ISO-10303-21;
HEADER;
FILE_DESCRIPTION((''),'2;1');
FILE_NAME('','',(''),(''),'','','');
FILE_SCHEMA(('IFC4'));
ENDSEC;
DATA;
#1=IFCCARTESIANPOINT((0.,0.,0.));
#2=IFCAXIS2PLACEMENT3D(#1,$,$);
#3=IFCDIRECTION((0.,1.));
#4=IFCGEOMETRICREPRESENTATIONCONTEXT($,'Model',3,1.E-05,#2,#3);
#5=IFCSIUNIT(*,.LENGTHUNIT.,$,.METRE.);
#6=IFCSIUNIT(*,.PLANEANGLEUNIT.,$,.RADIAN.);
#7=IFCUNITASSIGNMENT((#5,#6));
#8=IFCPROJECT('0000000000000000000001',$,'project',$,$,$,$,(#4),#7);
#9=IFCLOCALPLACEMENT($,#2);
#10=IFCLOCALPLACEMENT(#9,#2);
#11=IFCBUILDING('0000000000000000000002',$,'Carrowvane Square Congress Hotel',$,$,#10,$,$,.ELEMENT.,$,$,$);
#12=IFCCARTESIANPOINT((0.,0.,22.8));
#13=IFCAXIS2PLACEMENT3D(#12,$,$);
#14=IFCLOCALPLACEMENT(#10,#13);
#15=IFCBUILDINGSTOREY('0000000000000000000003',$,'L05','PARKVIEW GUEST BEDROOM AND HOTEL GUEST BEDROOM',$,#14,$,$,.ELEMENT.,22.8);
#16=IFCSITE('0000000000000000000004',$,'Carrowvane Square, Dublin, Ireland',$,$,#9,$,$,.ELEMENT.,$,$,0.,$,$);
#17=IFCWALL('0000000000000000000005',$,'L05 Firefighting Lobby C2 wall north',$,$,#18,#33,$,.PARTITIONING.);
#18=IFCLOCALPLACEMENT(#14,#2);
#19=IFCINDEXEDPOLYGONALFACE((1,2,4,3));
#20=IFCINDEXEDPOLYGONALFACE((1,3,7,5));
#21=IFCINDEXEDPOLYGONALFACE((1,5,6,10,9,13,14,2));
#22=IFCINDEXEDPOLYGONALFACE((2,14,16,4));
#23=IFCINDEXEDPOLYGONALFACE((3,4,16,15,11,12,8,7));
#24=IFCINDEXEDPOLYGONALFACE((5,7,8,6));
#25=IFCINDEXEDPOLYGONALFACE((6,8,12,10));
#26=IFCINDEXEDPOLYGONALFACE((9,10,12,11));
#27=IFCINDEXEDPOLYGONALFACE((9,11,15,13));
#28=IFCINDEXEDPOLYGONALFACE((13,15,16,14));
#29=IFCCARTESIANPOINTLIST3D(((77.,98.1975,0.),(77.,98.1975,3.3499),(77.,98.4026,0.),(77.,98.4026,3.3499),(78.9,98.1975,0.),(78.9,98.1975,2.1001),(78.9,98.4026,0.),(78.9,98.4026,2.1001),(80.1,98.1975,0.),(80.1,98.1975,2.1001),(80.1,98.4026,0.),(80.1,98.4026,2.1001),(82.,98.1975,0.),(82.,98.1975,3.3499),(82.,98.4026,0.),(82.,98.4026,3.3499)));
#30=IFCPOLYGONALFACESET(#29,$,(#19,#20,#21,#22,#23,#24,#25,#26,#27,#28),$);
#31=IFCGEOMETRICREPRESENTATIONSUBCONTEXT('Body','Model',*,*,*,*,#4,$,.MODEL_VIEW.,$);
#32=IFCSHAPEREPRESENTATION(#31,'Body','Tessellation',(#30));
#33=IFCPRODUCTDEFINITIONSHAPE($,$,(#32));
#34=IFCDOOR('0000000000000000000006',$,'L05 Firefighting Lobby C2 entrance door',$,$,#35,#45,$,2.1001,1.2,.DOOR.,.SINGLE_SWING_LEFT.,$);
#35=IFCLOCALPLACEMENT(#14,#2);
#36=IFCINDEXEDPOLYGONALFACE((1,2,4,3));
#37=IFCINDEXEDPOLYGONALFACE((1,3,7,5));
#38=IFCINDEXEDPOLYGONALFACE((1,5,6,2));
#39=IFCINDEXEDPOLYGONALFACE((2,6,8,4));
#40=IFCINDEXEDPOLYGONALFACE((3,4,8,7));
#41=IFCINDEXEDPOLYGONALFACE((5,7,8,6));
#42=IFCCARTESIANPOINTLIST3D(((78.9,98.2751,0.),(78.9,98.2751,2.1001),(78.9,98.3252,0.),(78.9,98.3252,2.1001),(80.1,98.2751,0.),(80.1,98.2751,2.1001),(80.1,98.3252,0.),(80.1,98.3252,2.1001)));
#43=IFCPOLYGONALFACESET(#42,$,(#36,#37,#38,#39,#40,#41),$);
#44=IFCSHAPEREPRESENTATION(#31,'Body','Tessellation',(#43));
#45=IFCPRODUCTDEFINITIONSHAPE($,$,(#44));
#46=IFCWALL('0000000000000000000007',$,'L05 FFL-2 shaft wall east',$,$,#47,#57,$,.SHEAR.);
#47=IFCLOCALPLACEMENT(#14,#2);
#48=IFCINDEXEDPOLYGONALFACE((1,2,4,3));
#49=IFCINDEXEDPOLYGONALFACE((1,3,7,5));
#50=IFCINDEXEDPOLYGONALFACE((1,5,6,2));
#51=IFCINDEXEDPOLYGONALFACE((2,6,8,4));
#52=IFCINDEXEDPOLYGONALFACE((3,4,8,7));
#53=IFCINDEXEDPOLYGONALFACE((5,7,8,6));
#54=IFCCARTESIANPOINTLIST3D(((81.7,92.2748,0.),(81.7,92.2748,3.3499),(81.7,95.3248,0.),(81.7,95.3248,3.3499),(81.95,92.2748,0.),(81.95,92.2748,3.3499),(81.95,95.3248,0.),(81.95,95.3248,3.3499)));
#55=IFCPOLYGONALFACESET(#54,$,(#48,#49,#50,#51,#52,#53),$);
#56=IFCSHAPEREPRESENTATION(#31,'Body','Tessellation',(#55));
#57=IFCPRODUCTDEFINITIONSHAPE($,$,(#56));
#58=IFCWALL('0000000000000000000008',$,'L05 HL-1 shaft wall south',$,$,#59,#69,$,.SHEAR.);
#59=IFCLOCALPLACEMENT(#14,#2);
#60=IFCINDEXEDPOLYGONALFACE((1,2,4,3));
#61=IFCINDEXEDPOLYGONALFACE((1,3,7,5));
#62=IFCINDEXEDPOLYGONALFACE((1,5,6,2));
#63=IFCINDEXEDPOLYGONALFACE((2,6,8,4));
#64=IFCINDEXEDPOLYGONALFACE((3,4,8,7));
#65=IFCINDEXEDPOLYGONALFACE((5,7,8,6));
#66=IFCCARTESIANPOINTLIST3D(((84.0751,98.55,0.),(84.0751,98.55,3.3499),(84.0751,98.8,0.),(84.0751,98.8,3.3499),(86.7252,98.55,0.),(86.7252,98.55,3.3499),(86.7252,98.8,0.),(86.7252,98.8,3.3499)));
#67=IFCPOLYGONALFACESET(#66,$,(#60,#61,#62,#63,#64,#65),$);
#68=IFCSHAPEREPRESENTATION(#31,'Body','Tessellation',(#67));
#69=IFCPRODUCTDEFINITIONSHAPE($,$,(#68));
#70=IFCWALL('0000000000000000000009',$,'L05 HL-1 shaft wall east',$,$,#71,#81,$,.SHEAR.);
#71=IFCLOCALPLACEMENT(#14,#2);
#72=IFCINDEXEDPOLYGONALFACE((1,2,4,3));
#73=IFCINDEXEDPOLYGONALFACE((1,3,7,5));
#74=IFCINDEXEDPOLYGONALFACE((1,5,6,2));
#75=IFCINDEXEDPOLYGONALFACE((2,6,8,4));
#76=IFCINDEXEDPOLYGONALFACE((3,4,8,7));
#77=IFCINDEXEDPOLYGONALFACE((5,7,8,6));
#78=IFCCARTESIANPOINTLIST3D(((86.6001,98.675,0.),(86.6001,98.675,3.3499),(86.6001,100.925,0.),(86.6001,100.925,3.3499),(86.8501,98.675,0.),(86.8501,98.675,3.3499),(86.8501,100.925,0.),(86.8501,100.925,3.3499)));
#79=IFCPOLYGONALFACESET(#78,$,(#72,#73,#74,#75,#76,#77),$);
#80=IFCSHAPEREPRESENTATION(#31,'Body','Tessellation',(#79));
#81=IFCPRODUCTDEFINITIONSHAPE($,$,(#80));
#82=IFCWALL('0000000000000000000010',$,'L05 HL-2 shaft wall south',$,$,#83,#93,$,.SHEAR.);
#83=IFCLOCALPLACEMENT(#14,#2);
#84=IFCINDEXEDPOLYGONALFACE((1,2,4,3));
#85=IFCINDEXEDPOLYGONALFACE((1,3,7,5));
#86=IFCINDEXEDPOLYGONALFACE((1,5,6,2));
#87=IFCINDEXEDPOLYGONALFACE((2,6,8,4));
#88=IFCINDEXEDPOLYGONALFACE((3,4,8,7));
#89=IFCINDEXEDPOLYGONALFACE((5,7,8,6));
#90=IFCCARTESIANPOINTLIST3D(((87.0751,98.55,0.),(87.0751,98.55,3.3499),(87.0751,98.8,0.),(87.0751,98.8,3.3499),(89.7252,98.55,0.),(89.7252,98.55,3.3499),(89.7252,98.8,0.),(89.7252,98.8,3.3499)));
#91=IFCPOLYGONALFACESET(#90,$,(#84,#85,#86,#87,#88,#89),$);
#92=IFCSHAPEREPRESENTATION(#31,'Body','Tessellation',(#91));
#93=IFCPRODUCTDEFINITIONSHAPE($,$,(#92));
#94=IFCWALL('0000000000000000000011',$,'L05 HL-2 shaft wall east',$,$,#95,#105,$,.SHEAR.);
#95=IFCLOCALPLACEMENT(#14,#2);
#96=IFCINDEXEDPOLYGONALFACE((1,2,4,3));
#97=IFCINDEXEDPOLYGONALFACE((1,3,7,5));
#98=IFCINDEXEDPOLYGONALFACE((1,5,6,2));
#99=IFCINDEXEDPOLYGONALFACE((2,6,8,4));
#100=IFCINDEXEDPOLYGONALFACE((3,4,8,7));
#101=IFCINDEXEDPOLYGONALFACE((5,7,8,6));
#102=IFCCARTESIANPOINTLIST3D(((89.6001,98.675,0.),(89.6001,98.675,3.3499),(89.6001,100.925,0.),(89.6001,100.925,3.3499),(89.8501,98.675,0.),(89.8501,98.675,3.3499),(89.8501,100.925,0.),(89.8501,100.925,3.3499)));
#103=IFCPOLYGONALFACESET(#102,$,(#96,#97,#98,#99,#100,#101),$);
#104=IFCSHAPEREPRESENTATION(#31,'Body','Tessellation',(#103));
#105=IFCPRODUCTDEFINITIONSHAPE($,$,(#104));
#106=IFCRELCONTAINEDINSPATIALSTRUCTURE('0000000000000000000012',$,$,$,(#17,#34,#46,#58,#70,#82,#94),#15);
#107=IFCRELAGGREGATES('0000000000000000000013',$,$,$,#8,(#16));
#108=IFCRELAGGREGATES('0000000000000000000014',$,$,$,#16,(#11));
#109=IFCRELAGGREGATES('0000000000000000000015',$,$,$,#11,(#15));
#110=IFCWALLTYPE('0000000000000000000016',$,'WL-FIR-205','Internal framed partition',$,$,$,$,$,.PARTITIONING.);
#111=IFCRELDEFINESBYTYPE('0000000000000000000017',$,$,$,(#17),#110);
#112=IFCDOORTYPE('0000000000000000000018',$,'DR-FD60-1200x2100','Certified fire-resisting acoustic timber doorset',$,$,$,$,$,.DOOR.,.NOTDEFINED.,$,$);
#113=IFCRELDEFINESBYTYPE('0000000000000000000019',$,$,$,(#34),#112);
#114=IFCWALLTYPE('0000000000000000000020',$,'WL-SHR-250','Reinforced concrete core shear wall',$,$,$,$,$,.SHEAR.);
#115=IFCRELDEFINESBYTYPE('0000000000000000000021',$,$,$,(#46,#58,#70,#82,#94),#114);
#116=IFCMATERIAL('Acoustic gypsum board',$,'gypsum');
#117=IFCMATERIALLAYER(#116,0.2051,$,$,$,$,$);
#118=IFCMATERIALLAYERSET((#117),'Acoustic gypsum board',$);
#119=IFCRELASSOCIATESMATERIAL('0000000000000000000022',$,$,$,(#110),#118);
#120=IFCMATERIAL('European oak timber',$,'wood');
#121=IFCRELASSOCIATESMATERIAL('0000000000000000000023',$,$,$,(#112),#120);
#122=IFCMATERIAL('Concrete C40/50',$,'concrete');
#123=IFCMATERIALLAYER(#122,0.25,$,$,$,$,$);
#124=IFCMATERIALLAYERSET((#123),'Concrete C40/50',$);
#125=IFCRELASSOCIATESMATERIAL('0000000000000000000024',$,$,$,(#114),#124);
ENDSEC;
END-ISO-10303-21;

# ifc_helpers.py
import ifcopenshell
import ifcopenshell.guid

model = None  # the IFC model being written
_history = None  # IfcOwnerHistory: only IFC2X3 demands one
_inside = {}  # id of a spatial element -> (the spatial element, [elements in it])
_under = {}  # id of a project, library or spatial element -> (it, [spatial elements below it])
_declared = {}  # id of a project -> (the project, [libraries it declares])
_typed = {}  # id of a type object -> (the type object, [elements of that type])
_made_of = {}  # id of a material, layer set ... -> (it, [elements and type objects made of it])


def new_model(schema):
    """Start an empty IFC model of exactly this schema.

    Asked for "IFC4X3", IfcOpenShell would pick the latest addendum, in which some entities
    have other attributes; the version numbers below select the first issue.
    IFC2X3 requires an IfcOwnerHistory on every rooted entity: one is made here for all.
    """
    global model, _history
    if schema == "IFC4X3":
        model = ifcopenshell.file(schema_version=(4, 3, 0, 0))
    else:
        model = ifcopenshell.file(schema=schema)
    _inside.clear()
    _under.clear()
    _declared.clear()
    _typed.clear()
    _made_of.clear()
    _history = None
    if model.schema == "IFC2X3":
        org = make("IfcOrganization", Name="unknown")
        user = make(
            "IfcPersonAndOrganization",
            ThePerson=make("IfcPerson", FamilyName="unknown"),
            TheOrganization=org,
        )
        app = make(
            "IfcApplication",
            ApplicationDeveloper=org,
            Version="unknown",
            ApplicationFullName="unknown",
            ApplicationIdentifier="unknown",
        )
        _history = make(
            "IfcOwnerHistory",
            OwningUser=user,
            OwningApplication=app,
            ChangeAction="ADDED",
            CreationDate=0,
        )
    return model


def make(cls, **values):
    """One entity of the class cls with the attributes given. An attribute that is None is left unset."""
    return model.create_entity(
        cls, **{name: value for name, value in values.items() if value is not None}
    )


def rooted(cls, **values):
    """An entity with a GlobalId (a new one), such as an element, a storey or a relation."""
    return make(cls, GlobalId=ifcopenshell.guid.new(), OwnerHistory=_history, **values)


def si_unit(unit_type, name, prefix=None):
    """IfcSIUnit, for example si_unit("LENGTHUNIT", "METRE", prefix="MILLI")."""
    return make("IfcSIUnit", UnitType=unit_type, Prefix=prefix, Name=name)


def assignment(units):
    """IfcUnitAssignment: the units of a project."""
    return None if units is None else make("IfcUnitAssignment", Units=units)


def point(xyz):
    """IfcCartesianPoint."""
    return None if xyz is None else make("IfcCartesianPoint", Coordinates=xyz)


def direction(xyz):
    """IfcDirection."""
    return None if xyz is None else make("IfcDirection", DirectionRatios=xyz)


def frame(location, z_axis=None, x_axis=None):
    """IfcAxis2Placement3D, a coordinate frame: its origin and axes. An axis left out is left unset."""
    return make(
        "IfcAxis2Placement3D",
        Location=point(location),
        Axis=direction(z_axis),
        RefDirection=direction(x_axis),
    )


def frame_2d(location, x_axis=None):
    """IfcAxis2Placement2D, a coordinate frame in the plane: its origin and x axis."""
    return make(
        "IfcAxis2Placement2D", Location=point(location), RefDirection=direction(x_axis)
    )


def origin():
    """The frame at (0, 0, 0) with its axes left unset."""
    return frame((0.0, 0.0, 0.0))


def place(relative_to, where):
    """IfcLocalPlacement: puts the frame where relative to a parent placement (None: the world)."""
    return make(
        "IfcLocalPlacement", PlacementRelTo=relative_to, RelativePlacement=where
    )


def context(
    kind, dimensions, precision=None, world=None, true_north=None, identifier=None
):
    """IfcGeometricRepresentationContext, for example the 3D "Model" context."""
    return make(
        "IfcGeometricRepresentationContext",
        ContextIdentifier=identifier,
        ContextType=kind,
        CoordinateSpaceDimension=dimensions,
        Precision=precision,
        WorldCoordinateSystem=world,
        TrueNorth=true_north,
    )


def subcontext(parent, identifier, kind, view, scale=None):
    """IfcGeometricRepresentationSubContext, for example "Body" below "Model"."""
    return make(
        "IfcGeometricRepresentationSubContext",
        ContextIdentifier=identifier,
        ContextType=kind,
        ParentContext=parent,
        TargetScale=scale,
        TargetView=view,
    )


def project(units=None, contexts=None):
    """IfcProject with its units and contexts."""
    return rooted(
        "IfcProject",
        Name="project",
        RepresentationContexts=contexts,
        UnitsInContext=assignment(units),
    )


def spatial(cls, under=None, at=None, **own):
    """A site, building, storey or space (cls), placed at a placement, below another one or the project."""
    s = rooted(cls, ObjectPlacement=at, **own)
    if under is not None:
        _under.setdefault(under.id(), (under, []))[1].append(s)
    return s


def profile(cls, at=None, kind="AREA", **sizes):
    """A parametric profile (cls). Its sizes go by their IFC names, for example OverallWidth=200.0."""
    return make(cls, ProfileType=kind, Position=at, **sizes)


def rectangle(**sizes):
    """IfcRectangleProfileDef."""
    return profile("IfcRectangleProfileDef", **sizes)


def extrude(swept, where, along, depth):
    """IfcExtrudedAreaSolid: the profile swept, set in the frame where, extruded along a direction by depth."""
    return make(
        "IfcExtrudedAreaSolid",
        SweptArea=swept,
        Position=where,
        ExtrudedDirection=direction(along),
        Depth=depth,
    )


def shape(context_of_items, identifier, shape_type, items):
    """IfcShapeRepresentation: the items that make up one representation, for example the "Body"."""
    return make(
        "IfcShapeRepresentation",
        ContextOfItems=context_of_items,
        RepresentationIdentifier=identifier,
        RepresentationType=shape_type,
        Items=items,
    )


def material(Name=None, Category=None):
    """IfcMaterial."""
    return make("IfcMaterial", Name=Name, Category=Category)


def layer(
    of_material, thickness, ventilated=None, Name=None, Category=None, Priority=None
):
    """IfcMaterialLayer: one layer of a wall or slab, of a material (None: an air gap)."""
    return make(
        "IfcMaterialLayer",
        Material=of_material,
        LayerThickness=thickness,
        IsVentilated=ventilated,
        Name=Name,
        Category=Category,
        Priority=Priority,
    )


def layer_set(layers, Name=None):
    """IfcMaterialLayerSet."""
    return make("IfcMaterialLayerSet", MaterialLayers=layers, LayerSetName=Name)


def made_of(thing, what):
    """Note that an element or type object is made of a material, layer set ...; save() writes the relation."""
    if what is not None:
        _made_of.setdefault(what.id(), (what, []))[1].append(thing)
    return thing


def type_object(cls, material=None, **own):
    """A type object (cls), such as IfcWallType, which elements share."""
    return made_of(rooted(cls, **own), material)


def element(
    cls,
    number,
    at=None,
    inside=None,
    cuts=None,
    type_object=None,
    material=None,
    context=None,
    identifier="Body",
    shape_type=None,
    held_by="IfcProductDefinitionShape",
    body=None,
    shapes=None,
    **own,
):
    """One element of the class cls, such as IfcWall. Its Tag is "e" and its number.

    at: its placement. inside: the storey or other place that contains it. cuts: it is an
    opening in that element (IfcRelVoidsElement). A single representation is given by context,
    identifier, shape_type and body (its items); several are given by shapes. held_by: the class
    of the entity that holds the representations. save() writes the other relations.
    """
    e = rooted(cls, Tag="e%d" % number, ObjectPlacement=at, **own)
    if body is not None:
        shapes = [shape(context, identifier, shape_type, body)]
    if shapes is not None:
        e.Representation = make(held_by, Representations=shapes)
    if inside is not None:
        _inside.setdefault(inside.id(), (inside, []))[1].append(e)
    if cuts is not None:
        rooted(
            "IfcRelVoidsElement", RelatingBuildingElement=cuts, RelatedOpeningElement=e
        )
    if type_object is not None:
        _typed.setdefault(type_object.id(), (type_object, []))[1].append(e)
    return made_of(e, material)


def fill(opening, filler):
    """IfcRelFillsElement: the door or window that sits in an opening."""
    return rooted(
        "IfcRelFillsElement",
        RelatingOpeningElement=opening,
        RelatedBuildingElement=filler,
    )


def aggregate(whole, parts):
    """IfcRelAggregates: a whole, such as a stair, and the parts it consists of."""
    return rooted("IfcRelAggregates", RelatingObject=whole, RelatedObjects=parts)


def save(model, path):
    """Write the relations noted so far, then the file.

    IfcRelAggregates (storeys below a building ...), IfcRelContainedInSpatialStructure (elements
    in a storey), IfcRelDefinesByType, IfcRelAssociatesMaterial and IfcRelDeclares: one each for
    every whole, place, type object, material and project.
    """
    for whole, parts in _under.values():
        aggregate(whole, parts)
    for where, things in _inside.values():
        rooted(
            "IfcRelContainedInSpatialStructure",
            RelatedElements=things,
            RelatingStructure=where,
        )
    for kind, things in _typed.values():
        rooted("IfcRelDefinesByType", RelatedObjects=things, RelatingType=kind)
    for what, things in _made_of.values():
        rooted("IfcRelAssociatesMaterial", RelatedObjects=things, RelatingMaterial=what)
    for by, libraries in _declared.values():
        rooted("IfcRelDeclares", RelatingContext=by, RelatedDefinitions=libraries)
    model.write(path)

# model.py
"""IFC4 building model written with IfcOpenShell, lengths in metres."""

from ifc_helpers import new_model, si_unit, direction, frame, frame_2d, origin, place, context, subcontext, project, spatial, rectangle, extrude, material, layer, layer_set, type_object, element, fill, save


model = new_model("IFC4")

# Units and contexts
model_context = context("Model", 3, precision=1e-05, world=origin(), true_north=direction((0.0, 1.0)))
body_context = subcontext(model_context, "Body", "Model", "MODEL_VIEW")
ifc_project = project(units=[si_unit("LENGTHUNIT", "METRE"), si_unit("PLANEANGLEUNIT", "RADIAN")], contexts=[model_context])

# Site, building, storey
site_placement = place(None, origin())
site = spatial("IfcSite", under=ifc_project, at=site_placement, Name="Carrowvane Square, Dublin, Ireland", CompositionType="ELEMENT", RefElevation=0.0)
building_placement = place(site_placement, origin())
building = spatial("IfcBuilding", under=site, at=building_placement, Name="Carrowvane Square Congress Hotel", CompositionType="ELEMENT")
storey_placement = place(building_placement, frame((0.0, 0.0, 22.8)))
storey = spatial("IfcBuildingStorey", under=building, at=storey_placement, Name="L05", Description="PARKVIEW GUEST BEDROOM AND HOTEL GUEST BEDROOM", CompositionType="ELEMENT", Elevation=22.8)

# Shared definitions
ifc_material_1 = material(Name="Acoustic gypsum board", Category="gypsum")
ifc_layer_1 = layer(ifc_material_1, 0.2051)
ifc_layer_set_1 = layer_set([ifc_layer_1], Name="Acoustic gypsum board")
wall_type_1 = type_object("IfcWallType", Name="WL-FIR-205", Description="Internal framed partition", PredefinedType="PARTITIONING", material=ifc_layer_set_1)

# Wall, opening, door
wall_1_placement = place(storey_placement, frame((82.0, 98.3, 0.0), z_axis=(0.0, 0.0, 1.0), x_axis=(-1.0, 0.0, 0.0)))
wall_1 = element("IfcWall", 1, at=wall_1_placement, inside=storey, type_object=wall_type_1, Name="L05 Firefighting Lobby C2 wall north", PredefinedType="PARTITIONING", context=body_context, shape_type="SweptSolid", body=[
    extrude(rectangle(XDim=5.0, YDim=0.2051, at=frame_2d((2.5, 0.0))), origin(), (0.0, 0.0, 1.0), 3.3499),
])
opening_1_placement = place(wall_1_placement, frame((1.8999, 0.0, 0.0)))
opening_1 = element("IfcOpeningElement", 2, at=opening_1_placement, cuts=wall_1, PredefinedType="OPENING", context=body_context, shape_type="SweptSolid", body=[
    extrude(rectangle(XDim=1.2, YDim=2.1001, at=frame_2d((0.6001, 1.05))), frame((0.0, 0.1125, 0.0), z_axis=(0.0, -1.0, 0.0), x_axis=(1.0, 0.0, 0.0)), (0.0, 0.0, 1.0), 0.2251),
])
ifc_material_2 = material(Name="European oak timber", Category="wood")
door_type_1 = type_object("IfcDoorType", Name="DR-FD60-1200x2100", Description="Certified fire-resisting acoustic timber doorset", OperationType="NOTDEFINED", PredefinedType="DOOR", material=ifc_material_2)
door_1_placement = place(opening_1_placement, origin())
door_1 = element("IfcDoor", 3, at=door_1_placement, inside=storey, type_object=door_type_1, Name="L05 Firefighting Lobby C2 entrance door", OperationType="SINGLE_SWING_LEFT", OverallHeight=2.1001, OverallWidth=1.2, PredefinedType="DOOR", context=body_context, shape_type="SweptSolid", body=[
    extrude(rectangle(XDim=1.2, YDim=2.1001, at=frame_2d((0.6001, 1.05))), frame((0.0, 0.0249, 0.0), z_axis=(0.0, -1.0, 0.0), x_axis=(1.0, 0.0, 0.0)), (0.0, 0.0, 1.0), 0.05),
])
fill(opening_1, door_1)

# Wall
ifc_material_3 = material(Name="Concrete C40/50", Category="concrete")
ifc_layer_2 = layer(ifc_material_3, 0.25)
ifc_layer_set_2 = layer_set([ifc_layer_2], Name="Concrete C40/50")
wall_type_2 = type_object("IfcWallType", Name="WL-SHR-250", Description="Reinforced concrete core shear wall", PredefinedType="SHEAR", material=ifc_layer_set_2)
wall_2_placement = place(storey_placement, frame((81.825, 92.2749, 0.0), z_axis=(0.0, 0.0, 1.0), x_axis=(0.0, 1.0, 0.0)))
element("IfcWall", 4, at=wall_2_placement, inside=storey, type_object=wall_type_2, Name="L05 FFL-2 shaft wall east", PredefinedType="SHEAR", context=body_context, shape_type="SweptSolid", body=[
    extrude(rectangle(XDim=3.05, YDim=0.25, at=frame_2d((1.5249, 0.0))), origin(), (0.0, 0.0, 1.0), 3.3499),
])

# Walls
wall_3_placement = place(storey_placement, frame((84.075, 98.675, 0.0), z_axis=(0.0, 0.0, 1.0), x_axis=(1.0, 0.0, 0.0)))
element("IfcWall", 5, at=wall_3_placement, inside=storey, type_object=wall_type_2, Name="L05 HL-1 shaft wall south", PredefinedType="SHEAR", context=body_context, shape_type="SweptSolid", body=[
    extrude(rectangle(XDim=2.6501, YDim=0.25, at=frame_2d((1.3252, 0.0))), origin(), (0.0, 0.0, 1.0), 3.3499),
])
wall_4_placement = place(storey_placement, frame((86.7251, 98.675, 0.0), z_axis=(0.0, 0.0, 1.0), x_axis=(0.0, 1.0, 0.0)))
element("IfcWall", 6, at=wall_4_placement, inside=storey, type_object=wall_type_2, Name="L05 HL-1 shaft wall east", PredefinedType="SHEAR", context=body_context, shape_type="SweptSolid", body=[
    extrude(rectangle(XDim=2.25, YDim=0.25, at=frame_2d((1.125, 0.0))), origin(), (0.0, 0.0, 1.0), 3.3499),
])
wall_5_placement = place(storey_placement, frame((87.075, 98.675, 0.0), z_axis=(0.0, 0.0, 1.0), x_axis=(1.0, 0.0, 0.0)))
element("IfcWall", 7, at=wall_5_placement, inside=storey, type_object=wall_type_2, Name="L05 HL-2 shaft wall south", PredefinedType="SHEAR", context=body_context, shape_type="SweptSolid", body=[
    extrude(rectangle(XDim=2.6501, YDim=0.25, at=frame_2d((1.3252, 0.0))), origin(), (0.0, 0.0, 1.0), 3.3499),
])
wall_6_placement = place(storey_placement, frame((89.7251, 98.675, 0.0), z_axis=(0.0, 0.0, 1.0), x_axis=(0.0, 1.0, 0.0)))
element("IfcWall", 8, at=wall_6_placement, inside=storey, type_object=wall_type_2, Name="L05 HL-2 shaft wall east", PredefinedType="SHEAR", context=body_context, shape_type="SweptSolid", body=[
    extrude(rectangle(XDim=2.25, YDim=0.25, at=frame_2d((1.125, 0.0))), origin(), (0.0, 0.0, 1.0), 3.3499),
])

save(model, "model.ifc")
